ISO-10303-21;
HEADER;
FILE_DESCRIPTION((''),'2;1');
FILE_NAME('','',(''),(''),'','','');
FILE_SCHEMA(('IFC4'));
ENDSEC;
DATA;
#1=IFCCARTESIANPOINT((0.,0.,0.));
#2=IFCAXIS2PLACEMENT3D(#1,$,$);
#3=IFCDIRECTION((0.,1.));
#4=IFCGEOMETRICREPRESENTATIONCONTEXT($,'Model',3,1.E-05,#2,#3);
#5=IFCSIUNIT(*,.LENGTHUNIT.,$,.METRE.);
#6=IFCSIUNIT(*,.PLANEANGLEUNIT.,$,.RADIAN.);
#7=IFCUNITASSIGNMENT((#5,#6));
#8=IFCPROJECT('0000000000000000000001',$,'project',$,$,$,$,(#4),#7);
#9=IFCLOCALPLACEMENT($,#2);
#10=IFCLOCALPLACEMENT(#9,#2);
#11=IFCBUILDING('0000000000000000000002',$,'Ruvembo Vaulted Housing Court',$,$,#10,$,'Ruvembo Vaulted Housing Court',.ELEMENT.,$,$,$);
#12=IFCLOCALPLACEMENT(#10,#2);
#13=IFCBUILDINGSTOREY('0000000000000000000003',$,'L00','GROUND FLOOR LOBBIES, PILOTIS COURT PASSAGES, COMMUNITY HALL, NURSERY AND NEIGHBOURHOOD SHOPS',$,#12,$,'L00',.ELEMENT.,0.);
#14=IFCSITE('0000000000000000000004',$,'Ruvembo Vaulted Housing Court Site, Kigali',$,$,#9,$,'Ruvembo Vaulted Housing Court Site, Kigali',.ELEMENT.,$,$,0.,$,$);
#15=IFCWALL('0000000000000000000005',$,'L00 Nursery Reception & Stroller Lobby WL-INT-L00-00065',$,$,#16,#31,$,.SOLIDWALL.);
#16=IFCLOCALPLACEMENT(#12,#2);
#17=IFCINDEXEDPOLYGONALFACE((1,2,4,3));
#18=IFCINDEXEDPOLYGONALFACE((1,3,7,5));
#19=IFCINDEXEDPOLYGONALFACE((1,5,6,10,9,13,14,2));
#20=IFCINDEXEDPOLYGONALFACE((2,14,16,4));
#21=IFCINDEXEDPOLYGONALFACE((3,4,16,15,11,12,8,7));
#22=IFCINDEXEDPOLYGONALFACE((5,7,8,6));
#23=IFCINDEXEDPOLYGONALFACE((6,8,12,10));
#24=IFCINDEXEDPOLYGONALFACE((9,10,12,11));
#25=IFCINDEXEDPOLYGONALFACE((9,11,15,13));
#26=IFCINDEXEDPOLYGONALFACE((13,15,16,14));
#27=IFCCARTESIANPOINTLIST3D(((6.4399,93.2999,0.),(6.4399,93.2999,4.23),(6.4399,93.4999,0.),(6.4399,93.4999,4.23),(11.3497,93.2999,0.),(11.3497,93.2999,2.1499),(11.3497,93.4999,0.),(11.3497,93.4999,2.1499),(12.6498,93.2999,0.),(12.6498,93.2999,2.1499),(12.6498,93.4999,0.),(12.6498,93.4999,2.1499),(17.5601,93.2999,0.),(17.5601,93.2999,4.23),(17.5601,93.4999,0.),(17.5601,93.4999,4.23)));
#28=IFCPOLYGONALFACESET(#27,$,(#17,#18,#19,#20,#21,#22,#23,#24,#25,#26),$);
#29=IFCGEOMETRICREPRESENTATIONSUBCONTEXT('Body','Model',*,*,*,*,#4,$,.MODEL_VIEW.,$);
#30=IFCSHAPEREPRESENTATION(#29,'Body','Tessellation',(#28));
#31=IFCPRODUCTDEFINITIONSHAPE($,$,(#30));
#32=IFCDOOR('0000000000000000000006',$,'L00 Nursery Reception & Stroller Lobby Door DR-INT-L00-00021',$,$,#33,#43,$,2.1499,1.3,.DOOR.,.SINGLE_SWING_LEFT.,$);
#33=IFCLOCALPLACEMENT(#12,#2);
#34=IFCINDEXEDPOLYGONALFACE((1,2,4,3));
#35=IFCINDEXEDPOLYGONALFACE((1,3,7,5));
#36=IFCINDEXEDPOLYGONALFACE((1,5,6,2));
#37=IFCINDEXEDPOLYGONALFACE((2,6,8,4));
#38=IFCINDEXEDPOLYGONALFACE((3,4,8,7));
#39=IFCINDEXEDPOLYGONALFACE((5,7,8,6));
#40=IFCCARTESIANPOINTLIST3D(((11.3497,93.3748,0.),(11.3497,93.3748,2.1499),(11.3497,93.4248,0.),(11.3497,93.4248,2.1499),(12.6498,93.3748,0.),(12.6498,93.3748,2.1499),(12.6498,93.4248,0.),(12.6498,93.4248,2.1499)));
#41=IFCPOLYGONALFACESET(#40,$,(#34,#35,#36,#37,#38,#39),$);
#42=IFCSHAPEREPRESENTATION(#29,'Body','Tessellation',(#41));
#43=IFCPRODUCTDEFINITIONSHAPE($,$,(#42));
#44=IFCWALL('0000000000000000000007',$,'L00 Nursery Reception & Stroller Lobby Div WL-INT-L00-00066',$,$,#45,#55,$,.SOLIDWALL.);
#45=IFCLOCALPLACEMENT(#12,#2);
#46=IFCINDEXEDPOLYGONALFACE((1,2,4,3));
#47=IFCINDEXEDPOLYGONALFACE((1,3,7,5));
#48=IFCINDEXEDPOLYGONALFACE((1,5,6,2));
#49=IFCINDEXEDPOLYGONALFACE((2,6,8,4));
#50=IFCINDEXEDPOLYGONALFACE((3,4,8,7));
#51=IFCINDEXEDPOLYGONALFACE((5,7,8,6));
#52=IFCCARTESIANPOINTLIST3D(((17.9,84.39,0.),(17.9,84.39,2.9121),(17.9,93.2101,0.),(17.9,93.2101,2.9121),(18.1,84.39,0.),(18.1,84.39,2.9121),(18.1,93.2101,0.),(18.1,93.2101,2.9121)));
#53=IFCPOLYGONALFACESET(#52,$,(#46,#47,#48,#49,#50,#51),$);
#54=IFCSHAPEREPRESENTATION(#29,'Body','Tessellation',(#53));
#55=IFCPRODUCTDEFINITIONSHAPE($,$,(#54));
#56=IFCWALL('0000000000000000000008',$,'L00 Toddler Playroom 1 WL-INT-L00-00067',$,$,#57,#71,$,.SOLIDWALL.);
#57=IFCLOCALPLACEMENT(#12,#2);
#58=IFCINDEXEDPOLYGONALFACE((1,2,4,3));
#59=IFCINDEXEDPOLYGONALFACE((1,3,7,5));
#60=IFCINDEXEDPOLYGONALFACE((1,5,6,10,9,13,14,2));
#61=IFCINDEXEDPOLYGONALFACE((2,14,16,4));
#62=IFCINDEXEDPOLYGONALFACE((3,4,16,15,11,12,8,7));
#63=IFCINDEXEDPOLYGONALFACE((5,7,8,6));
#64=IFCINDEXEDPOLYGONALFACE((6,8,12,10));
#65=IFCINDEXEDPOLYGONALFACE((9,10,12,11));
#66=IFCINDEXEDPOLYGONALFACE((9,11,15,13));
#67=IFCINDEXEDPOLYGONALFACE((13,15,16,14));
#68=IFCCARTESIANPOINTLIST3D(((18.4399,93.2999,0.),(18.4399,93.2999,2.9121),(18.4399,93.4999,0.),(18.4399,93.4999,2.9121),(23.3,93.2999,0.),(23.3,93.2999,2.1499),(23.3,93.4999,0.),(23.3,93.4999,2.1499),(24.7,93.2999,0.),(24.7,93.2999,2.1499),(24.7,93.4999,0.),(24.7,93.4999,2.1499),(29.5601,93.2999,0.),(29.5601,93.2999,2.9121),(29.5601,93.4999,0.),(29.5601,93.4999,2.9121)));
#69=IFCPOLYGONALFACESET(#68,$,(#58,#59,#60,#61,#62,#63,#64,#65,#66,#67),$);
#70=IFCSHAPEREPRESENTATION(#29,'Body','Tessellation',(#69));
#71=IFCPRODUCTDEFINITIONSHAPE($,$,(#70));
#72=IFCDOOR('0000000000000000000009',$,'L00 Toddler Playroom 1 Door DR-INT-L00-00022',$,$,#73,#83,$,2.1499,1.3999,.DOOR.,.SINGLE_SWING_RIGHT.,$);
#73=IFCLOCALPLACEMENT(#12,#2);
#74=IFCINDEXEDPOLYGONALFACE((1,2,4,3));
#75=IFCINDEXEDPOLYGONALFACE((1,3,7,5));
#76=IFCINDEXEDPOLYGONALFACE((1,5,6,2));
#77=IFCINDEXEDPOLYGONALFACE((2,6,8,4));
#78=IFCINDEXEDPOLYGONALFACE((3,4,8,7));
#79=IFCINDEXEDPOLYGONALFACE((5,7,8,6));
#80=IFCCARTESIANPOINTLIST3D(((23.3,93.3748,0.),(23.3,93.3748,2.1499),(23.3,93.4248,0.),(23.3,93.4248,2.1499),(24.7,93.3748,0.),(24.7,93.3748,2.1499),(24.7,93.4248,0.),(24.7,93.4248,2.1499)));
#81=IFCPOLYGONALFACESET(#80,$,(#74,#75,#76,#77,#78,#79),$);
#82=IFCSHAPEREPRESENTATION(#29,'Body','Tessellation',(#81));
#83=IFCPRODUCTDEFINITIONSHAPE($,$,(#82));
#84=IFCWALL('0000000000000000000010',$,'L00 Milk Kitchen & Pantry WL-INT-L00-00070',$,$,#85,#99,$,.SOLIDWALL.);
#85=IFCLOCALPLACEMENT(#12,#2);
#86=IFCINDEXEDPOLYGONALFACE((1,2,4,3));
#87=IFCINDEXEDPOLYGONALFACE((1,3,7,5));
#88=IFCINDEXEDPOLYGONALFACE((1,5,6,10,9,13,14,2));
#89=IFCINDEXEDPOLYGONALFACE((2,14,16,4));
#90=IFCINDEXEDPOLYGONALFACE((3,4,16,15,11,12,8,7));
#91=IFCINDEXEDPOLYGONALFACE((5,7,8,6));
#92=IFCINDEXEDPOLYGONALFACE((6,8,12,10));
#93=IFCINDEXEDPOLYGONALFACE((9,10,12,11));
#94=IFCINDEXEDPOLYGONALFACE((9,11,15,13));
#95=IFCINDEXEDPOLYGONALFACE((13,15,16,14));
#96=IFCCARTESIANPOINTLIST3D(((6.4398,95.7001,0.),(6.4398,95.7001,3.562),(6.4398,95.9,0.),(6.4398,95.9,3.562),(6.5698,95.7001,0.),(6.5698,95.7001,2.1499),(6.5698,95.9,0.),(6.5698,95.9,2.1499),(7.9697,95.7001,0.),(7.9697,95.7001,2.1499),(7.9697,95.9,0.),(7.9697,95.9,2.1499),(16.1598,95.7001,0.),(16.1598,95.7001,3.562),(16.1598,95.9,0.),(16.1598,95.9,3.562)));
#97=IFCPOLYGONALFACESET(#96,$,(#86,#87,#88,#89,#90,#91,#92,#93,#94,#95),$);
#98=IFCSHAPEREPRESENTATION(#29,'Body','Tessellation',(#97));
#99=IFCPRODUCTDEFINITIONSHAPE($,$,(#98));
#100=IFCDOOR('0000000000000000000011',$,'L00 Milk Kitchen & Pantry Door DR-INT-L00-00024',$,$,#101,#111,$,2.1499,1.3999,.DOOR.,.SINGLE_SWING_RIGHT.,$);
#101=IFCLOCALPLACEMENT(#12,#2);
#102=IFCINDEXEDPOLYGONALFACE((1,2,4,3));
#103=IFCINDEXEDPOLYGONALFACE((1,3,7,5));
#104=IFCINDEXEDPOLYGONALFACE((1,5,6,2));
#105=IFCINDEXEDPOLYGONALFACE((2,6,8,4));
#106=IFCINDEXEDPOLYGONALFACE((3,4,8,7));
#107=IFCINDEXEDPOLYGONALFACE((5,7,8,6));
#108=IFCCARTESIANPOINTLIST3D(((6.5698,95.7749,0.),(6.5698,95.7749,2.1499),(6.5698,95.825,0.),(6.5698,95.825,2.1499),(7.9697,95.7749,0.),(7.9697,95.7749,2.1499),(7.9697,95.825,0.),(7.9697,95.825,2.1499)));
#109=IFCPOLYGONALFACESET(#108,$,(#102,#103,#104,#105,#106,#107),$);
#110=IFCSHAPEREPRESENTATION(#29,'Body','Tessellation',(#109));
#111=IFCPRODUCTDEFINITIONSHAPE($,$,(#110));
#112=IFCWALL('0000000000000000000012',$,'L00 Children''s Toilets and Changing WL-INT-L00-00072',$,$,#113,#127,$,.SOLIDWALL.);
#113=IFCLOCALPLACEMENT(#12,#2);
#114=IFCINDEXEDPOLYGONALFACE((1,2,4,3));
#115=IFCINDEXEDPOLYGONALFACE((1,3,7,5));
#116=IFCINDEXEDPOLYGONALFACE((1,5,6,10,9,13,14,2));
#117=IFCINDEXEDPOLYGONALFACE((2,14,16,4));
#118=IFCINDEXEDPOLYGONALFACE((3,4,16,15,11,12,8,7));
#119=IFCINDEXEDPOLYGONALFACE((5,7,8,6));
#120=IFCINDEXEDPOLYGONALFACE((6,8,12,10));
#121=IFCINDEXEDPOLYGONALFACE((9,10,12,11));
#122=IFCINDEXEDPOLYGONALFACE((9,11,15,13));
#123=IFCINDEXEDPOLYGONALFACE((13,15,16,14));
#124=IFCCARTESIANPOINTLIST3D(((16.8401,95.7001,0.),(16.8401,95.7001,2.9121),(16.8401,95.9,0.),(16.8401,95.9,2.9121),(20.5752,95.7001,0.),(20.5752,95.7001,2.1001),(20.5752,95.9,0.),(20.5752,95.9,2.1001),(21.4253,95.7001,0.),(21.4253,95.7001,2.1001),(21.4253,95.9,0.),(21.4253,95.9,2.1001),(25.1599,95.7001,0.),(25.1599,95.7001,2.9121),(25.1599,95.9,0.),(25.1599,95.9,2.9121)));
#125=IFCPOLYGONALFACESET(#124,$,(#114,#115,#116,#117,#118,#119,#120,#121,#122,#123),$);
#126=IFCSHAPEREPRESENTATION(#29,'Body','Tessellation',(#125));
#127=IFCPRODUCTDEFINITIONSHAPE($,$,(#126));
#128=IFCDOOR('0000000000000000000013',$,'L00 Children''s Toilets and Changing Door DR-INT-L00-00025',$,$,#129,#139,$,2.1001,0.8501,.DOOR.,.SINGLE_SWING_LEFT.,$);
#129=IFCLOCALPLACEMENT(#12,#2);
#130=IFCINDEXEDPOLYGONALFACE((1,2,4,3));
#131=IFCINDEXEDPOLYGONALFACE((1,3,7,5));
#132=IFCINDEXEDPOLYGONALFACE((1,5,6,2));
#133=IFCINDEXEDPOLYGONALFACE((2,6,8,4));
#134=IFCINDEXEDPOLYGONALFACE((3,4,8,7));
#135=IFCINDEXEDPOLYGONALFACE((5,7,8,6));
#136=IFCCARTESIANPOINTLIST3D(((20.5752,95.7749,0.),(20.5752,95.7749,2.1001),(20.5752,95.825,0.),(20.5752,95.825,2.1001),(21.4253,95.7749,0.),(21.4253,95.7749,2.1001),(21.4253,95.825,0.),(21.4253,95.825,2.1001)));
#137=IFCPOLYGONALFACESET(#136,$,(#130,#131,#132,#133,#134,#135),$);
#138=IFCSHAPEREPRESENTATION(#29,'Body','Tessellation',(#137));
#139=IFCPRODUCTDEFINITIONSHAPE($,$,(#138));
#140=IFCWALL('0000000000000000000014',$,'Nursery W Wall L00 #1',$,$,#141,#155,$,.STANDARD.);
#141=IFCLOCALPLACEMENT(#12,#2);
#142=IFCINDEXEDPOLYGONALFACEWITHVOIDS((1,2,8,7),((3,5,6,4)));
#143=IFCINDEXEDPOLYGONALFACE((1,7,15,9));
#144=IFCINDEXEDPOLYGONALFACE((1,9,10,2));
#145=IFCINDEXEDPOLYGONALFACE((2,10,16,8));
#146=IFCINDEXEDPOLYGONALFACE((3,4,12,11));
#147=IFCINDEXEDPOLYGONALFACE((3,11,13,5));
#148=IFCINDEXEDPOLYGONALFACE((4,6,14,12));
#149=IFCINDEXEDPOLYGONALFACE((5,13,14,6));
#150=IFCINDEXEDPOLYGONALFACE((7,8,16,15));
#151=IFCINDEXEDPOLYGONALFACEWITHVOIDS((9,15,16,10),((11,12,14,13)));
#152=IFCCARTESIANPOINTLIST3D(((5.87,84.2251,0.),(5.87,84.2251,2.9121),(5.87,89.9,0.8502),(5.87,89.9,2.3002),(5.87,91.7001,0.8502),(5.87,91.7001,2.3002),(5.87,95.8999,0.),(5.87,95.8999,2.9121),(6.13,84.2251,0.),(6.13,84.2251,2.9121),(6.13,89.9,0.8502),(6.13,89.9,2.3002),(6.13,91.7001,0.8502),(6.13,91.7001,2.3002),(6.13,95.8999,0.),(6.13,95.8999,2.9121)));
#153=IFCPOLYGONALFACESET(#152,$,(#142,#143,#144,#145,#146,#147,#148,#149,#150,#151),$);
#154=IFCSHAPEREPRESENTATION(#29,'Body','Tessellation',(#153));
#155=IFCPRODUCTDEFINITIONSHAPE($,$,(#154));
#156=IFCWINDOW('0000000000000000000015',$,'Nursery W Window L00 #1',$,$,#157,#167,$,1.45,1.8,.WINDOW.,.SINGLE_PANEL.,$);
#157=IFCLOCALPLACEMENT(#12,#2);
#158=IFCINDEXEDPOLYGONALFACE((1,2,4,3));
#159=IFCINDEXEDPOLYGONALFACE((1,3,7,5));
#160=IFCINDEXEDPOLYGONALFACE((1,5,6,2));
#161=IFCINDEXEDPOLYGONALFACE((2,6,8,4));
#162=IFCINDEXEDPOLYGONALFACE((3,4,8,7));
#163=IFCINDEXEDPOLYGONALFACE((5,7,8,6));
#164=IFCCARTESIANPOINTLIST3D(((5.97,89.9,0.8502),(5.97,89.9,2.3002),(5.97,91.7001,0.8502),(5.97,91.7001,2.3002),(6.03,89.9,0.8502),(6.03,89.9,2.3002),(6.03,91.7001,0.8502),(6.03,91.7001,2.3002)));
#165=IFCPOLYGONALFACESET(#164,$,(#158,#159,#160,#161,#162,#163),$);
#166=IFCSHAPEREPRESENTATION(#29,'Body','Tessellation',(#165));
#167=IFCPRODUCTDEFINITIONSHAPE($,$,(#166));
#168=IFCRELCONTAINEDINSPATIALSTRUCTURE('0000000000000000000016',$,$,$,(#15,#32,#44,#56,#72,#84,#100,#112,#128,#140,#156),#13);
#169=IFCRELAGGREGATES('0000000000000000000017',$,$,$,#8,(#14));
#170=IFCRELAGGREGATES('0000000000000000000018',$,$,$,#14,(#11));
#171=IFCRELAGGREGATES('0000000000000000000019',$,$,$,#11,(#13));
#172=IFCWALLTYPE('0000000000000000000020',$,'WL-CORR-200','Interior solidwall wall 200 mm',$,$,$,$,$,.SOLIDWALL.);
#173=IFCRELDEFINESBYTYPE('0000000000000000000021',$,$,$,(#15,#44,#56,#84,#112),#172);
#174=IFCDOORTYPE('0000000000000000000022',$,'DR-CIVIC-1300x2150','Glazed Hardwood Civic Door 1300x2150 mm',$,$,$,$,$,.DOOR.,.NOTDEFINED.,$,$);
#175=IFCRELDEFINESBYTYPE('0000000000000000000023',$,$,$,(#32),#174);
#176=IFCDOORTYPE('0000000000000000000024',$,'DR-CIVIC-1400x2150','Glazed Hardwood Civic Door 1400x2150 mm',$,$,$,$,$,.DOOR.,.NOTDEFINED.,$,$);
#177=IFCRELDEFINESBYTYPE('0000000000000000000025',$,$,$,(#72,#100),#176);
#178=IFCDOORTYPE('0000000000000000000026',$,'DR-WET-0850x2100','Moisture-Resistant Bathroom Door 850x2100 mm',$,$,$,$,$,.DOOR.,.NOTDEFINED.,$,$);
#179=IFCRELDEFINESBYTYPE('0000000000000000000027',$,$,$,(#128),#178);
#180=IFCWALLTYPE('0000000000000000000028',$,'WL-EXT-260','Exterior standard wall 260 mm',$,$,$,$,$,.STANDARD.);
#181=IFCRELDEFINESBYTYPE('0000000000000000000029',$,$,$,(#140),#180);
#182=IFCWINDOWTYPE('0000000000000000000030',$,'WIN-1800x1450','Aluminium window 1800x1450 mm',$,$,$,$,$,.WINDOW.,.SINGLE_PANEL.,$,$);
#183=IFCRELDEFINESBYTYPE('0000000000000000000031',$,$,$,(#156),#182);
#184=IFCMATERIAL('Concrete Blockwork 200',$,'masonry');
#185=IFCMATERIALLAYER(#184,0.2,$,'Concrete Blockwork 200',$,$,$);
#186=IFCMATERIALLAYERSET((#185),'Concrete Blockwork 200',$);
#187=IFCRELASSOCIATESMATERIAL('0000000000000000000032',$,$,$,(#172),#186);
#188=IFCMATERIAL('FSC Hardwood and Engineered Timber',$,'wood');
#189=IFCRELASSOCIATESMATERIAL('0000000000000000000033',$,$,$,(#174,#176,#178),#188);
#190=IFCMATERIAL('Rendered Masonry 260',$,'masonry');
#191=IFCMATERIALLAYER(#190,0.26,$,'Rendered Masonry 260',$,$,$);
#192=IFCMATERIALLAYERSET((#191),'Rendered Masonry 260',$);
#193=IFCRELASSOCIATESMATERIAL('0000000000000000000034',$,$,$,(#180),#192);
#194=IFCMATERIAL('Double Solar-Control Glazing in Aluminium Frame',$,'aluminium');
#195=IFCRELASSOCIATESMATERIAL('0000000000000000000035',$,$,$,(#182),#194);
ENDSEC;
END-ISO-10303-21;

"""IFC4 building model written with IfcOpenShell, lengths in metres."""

from ifc_helpers import new_model, si_unit, direction, frame, frame_2d, origin, place, context, subcontext, project, spatial, rectangle, extrude, material, layer, layer_set, type_object, element, fill, save


model = new_model("IFC4")

# Units and contexts
model_context = context("Model", 3, precision=1e-05, world=origin(), true_north=direction((0.0, 1.0)))
body_context = subcontext(model_context, "Body", "Model", "MODEL_VIEW")
ifc_project = project(units=[si_unit("LENGTHUNIT", "METRE"), si_unit("PLANEANGLEUNIT", "RADIAN")], contexts=[model_context])

# Site, building, storey
site_placement = place(None, origin())
site = spatial("IfcSite", under=ifc_project, at=site_placement, Name="Ruvembo Vaulted Housing Court Site, Kigali", LongName="Ruvembo Vaulted Housing Court Site, Kigali", CompositionType="ELEMENT", RefElevation=0.0)
building_placement = place(site_placement, origin())
building = spatial("IfcBuilding", under=site, at=building_placement, Name="Ruvembo Vaulted Housing Court", LongName="Ruvembo Vaulted Housing Court", CompositionType="ELEMENT")
storey_placement = place(building_placement, origin())
storey = spatial("IfcBuildingStorey", under=building, at=storey_placement, Name="L00", Description="GROUND FLOOR LOBBIES, PILOTIS COURT PASSAGES, COMMUNITY HALL, NURSERY AND NEIGHBOURHOOD SHOPS", LongName="L00", CompositionType="ELEMENT", Elevation=0.0)

# Wall, opening, door
ifc_material_1 = material(Name="Concrete Blockwork 200", Category="masonry")
ifc_layer_1 = layer(ifc_material_1, 0.2, Name="Concrete Blockwork 200")
ifc_layer_set_1 = layer_set([ifc_layer_1], Name="Concrete Blockwork 200")
wall_type_1 = type_object("IfcWallType", Name="WL-CORR-200", Description="Interior solidwall wall 200 mm", PredefinedType="SOLIDWALL", material=ifc_layer_set_1)
wall_1_placement = place(storey_placement, frame((6.4399, 93.3999, 0.0), z_axis=(0.0, 0.0, 1.0), x_axis=(1.0, 0.0, 0.0)))
wall_1 = element("IfcWall", 1, at=wall_1_placement, inside=storey, type_object=wall_type_1, Name="L00 Nursery Reception & Stroller Lobby WL-INT-L00-00065", PredefinedType="SOLIDWALL", context=body_context, shape_type="SweptSolid", body=[
    extrude(rectangle(XDim=11.1201, YDim=0.2, at=frame_2d((5.5601, 0.0))), origin(), (0.0, 0.0, 1.0), 4.23),
])
opening_1_placement = place(wall_1_placement, frame((4.9099, 0.0, 0.0)))
opening_1 = element("IfcOpeningElement", 2, at=opening_1_placement, cuts=wall_1, PredefinedType="OPENING", context=body_context, shape_type="SweptSolid", body=[
    extrude(rectangle(XDim=1.3, YDim=2.1499, at=frame_2d((0.6499, 1.075))), frame((0.0, 0.1099, 0.0), z_axis=(0.0, -1.0, 0.0), x_axis=(1.0, 0.0, 0.0)), (0.0, 0.0, 1.0), 0.22),
])
ifc_material_2 = material(Name="FSC Hardwood and Engineered Timber", Category="wood")
door_type_1 = type_object("IfcDoorType", Name="DR-CIVIC-1300x2150", Description="Glazed Hardwood Civic Door 1300x2150 mm", OperationType="NOTDEFINED", PredefinedType="DOOR", material=ifc_material_2)
door_1_placement = place(opening_1_placement, origin())
door_1 = element("IfcDoor", 3, at=door_1_placement, inside=storey, type_object=door_type_1, Name="L00 Nursery Reception & Stroller Lobby Door DR-INT-L00-00021", OperationType="SINGLE_SWING_LEFT", OverallHeight=2.1499, OverallWidth=1.3, PredefinedType="DOOR", context=body_context, shape_type="SweptSolid", body=[
    extrude(rectangle(XDim=1.3, YDim=2.1499, at=frame_2d((0.6499, 1.075))), frame((0.0, 0.0249, 0.0), z_axis=(0.0, -1.0, 0.0), x_axis=(1.0, 0.0, 0.0)), (0.0, 0.0, 1.0), 0.05),
])
fill(opening_1, door_1)

# Wall
wall_2_placement = place(storey_placement, frame((18.0, 84.3899, 0.0), z_axis=(0.0, 0.0, 1.0), x_axis=(0.0, 1.0, 0.0)))
element("IfcWall", 4, at=wall_2_placement, inside=storey, type_object=wall_type_1, Name="L00 Nursery Reception & Stroller Lobby Div WL-INT-L00-00066", PredefinedType="SOLIDWALL", context=body_context, shape_type="SweptSolid", body=[
    extrude(rectangle(XDim=8.8201, YDim=0.2, at=frame_2d((4.4102, 0.0))), origin(), (0.0, 0.0, 1.0), 2.9121),
])

# Walls, openings, doors
wall_3_placement = place(storey_placement, frame((18.4399, 93.3999, 0.0), z_axis=(0.0, 0.0, 1.0), x_axis=(1.0, 0.0, 0.0)))
wall_3 = element("IfcWall", 5, at=wall_3_placement, inside=storey, type_object=wall_type_1, Name="L00 Toddler Playroom 1 WL-INT-L00-00067", PredefinedType="SOLIDWALL", context=body_context, shape_type="SweptSolid", body=[
    extrude(rectangle(XDim=11.1201, YDim=0.2, at=frame_2d((5.5601, 0.0))), origin(), (0.0, 0.0, 1.0), 2.9121),
])
opening_2_placement = place(wall_3_placement, frame((4.8601, 0.0, 0.0)))
opening_2 = element("IfcOpeningElement", 6, at=opening_2_placement, cuts=wall_3, PredefinedType="OPENING", context=body_context, shape_type="SweptSolid", body=[
    extrude(rectangle(XDim=1.3999, YDim=2.1499, at=frame_2d((0.7, 1.075))), frame((0.0, 0.1099, 0.0), z_axis=(0.0, -1.0, 0.0), x_axis=(1.0, 0.0, 0.0)), (0.0, 0.0, 1.0), 0.22),
])
door_type_2 = type_object("IfcDoorType", Name="DR-CIVIC-1400x2150", Description="Glazed Hardwood Civic Door 1400x2150 mm", OperationType="NOTDEFINED", PredefinedType="DOOR", material=ifc_material_2)
door_2_placement = place(opening_2_placement, origin())
door_2 = element("IfcDoor", 7, at=door_2_placement, inside=storey, type_object=door_type_2, Name="L00 Toddler Playroom 1 Door DR-INT-L00-00022", OperationType="SINGLE_SWING_RIGHT", OverallHeight=2.1499, OverallWidth=1.3999, PredefinedType="DOOR", context=body_context, shape_type="SweptSolid", body=[
    extrude(rectangle(XDim=1.3999, YDim=2.1499, at=frame_2d((0.7, 1.075))), frame((0.0, 0.0249, 0.0), z_axis=(0.0, -1.0, 0.0), x_axis=(1.0, 0.0, 0.0)), (0.0, 0.0, 1.0), 0.05),
])
fill(opening_2, door_2)
wall_4_placement = place(storey_placement, frame((6.4399, 95.8, 0.0), z_axis=(0.0, 0.0, 1.0), x_axis=(1.0, 0.0, 0.0)))
wall_4 = element("IfcWall", 8, at=wall_4_placement, inside=storey, type_object=wall_type_1, Name="L00 Milk Kitchen & Pantry WL-INT-L00-00070", PredefinedType="SOLIDWALL", context=body_context, shape_type="SweptSolid", body=[
    extrude(rectangle(XDim=9.72, YDim=0.2, at=frame_2d((4.8599, 0.0))), origin(), (0.0, 0.0, 1.0), 3.562),
])
opening_3_placement = place(wall_4_placement, frame((0.1299, 0.0, 0.0)))
opening_3 = element("IfcOpeningElement", 9, at=opening_3_placement, cuts=wall_4, PredefinedType="OPENING", context=body_context, shape_type="SweptSolid", body=[
    extrude(rectangle(XDim=1.3999, YDim=2.1499, at=frame_2d((0.7, 1.075))), frame((0.0, 0.1099, 0.0), z_axis=(0.0, -1.0, 0.0), x_axis=(1.0, 0.0, 0.0)), (0.0, 0.0, 1.0), 0.22),
])
door_3_placement = place(opening_3_placement, origin())
door_3 = element("IfcDoor", 10, at=door_3_placement, inside=storey, type_object=door_type_2, Name="L00 Milk Kitchen & Pantry Door DR-INT-L00-00024", OperationType="SINGLE_SWING_RIGHT", OverallHeight=2.1499, OverallWidth=1.3999, PredefinedType="DOOR", context=body_context, shape_type="SweptSolid", body=[
    extrude(rectangle(XDim=1.3999, YDim=2.1499, at=frame_2d((0.7, 1.075))), frame((0.0, 0.0249, 0.0), z_axis=(0.0, -1.0, 0.0), x_axis=(1.0, 0.0, 0.0)), (0.0, 0.0, 1.0), 0.05),
])
fill(opening_3, door_3)
wall_5_placement = place(storey_placement, frame((16.8401, 95.8, 0.0), z_axis=(0.0, 0.0, 1.0), x_axis=(1.0, 0.0, 0.0)))
wall_5 = element("IfcWall", 11, at=wall_5_placement, inside=storey, type_object=wall_type_1, Name="L00 Children's Toilets and Changing WL-INT-L00-00072", PredefinedType="SOLIDWALL", context=body_context, shape_type="SweptSolid", body=[
    extrude(rectangle(XDim=8.3198, YDim=0.2, at=frame_2d((4.1599, 0.0))), origin(), (0.0, 0.0, 1.0), 2.9121),
])
opening_4_placement = place(wall_5_placement, frame((3.7351, 0.0, 0.0)))
opening_4 = element("IfcOpeningElement", 12, at=opening_4_placement, cuts=wall_5, PredefinedType="OPENING", context=body_context, shape_type="SweptSolid", body=[
    extrude(rectangle(XDim=0.8501, YDim=2.1001, at=frame_2d((0.425, 1.05))), frame((0.0, 0.1099, 0.0), z_axis=(0.0, -1.0, 0.0), x_axis=(1.0, 0.0, 0.0)), (0.0, 0.0, 1.0), 0.22),
])
door_type_3 = type_object("IfcDoorType", Name="DR-WET-0850x2100", Description="Moisture-Resistant Bathroom Door 850x2100 mm", OperationType="NOTDEFINED", PredefinedType="DOOR", material=ifc_material_2)
door_4_placement = place(opening_4_placement, origin())
door_4 = element("IfcDoor", 13, at=door_4_placement, inside=storey, type_object=door_type_3, Name="L00 Children's Toilets and Changing Door DR-INT-L00-00025", OperationType="SINGLE_SWING_LEFT", OverallHeight=2.1001, OverallWidth=0.8501, PredefinedType="DOOR", context=body_context, shape_type="SweptSolid", body=[
    extrude(rectangle(XDim=0.8501, YDim=2.1001, at=frame_2d((0.425, 1.05))), frame((0.0, 0.0249, 0.0), z_axis=(0.0, -1.0, 0.0), x_axis=(1.0, 0.0, 0.0)), (0.0, 0.0, 1.0), 0.05),
])
fill(opening_4, door_4)

# Wall, opening, window
ifc_material_3 = material(Name="Rendered Masonry 260", Category="masonry")
ifc_layer_2 = layer(ifc_material_3, 0.26, Name="Rendered Masonry 260")
ifc_layer_set_2 = layer_set([ifc_layer_2], Name="Rendered Masonry 260")
wall_type_2 = type_object("IfcWallType", Name="WL-EXT-260", Description="Exterior standard wall 260 mm", PredefinedType="STANDARD", material=ifc_layer_set_2)
wall_6_placement = place(storey_placement, frame((6.0, 95.8999, 0.0), z_axis=(0.0, 0.0, 1.0), x_axis=(0.0, -1.0, 0.0)))
wall_6 = element("IfcWall", 14, at=wall_6_placement, inside=storey, type_object=wall_type_2, Name="Nursery W Wall L00 #1", PredefinedType="STANDARD", context=body_context, shape_type="SweptSolid", body=[
    extrude(rectangle(XDim=11.6748, YDim=0.26, at=frame_2d((5.8374, 0.0))), origin(), (0.0, 0.0, 1.0), 2.9121),
])
opening_5_placement = place(wall_6_placement, frame((4.2, 0.0, 0.8501)))
opening_5 = element("IfcOpeningElement", 15, at=opening_5_placement, cuts=wall_6, PredefinedType="OPENING", context=body_context, shape_type="SweptSolid", body=[
    extrude(rectangle(XDim=1.8, YDim=1.45, at=frame_2d((0.8999, 0.7251))), frame((0.0, 0.1399, 0.0), z_axis=(0.0, -1.0, 0.0), x_axis=(1.0, 0.0, 0.0)), (0.0, 0.0, 1.0), 0.28),
])
ifc_material_4 = material(Name="Double Solar-Control Glazing in Aluminium Frame", Category="aluminium")
window_type = type_object("IfcWindowType", Name="WIN-1800x1450", Description="Aluminium window 1800x1450 mm", PartitioningType="SINGLE_PANEL", PredefinedType="WINDOW", material=ifc_material_4)
window_placement = place(opening_5_placement, origin())
window = element("IfcWindow", 16, at=window_placement, inside=storey, type_object=window_type, Name="Nursery W Window L00 #1", OverallHeight=1.45, OverallWidth=1.8, PartitioningType="SINGLE_PANEL", PredefinedType="WINDOW", context=body_context, shape_type="SweptSolid", body=[
    extrude(rectangle(XDim=1.8, YDim=1.45, at=frame_2d((0.8999, 0.7251))), frame((0.0, 0.03, 0.0), z_axis=(0.0, -1.0, 0.0), x_axis=(1.0, 0.0, 0.0)), (0.0, 0.0, 1.0), 0.0601),
])
fill(opening_5, window)

save(model, "model.ifc")
